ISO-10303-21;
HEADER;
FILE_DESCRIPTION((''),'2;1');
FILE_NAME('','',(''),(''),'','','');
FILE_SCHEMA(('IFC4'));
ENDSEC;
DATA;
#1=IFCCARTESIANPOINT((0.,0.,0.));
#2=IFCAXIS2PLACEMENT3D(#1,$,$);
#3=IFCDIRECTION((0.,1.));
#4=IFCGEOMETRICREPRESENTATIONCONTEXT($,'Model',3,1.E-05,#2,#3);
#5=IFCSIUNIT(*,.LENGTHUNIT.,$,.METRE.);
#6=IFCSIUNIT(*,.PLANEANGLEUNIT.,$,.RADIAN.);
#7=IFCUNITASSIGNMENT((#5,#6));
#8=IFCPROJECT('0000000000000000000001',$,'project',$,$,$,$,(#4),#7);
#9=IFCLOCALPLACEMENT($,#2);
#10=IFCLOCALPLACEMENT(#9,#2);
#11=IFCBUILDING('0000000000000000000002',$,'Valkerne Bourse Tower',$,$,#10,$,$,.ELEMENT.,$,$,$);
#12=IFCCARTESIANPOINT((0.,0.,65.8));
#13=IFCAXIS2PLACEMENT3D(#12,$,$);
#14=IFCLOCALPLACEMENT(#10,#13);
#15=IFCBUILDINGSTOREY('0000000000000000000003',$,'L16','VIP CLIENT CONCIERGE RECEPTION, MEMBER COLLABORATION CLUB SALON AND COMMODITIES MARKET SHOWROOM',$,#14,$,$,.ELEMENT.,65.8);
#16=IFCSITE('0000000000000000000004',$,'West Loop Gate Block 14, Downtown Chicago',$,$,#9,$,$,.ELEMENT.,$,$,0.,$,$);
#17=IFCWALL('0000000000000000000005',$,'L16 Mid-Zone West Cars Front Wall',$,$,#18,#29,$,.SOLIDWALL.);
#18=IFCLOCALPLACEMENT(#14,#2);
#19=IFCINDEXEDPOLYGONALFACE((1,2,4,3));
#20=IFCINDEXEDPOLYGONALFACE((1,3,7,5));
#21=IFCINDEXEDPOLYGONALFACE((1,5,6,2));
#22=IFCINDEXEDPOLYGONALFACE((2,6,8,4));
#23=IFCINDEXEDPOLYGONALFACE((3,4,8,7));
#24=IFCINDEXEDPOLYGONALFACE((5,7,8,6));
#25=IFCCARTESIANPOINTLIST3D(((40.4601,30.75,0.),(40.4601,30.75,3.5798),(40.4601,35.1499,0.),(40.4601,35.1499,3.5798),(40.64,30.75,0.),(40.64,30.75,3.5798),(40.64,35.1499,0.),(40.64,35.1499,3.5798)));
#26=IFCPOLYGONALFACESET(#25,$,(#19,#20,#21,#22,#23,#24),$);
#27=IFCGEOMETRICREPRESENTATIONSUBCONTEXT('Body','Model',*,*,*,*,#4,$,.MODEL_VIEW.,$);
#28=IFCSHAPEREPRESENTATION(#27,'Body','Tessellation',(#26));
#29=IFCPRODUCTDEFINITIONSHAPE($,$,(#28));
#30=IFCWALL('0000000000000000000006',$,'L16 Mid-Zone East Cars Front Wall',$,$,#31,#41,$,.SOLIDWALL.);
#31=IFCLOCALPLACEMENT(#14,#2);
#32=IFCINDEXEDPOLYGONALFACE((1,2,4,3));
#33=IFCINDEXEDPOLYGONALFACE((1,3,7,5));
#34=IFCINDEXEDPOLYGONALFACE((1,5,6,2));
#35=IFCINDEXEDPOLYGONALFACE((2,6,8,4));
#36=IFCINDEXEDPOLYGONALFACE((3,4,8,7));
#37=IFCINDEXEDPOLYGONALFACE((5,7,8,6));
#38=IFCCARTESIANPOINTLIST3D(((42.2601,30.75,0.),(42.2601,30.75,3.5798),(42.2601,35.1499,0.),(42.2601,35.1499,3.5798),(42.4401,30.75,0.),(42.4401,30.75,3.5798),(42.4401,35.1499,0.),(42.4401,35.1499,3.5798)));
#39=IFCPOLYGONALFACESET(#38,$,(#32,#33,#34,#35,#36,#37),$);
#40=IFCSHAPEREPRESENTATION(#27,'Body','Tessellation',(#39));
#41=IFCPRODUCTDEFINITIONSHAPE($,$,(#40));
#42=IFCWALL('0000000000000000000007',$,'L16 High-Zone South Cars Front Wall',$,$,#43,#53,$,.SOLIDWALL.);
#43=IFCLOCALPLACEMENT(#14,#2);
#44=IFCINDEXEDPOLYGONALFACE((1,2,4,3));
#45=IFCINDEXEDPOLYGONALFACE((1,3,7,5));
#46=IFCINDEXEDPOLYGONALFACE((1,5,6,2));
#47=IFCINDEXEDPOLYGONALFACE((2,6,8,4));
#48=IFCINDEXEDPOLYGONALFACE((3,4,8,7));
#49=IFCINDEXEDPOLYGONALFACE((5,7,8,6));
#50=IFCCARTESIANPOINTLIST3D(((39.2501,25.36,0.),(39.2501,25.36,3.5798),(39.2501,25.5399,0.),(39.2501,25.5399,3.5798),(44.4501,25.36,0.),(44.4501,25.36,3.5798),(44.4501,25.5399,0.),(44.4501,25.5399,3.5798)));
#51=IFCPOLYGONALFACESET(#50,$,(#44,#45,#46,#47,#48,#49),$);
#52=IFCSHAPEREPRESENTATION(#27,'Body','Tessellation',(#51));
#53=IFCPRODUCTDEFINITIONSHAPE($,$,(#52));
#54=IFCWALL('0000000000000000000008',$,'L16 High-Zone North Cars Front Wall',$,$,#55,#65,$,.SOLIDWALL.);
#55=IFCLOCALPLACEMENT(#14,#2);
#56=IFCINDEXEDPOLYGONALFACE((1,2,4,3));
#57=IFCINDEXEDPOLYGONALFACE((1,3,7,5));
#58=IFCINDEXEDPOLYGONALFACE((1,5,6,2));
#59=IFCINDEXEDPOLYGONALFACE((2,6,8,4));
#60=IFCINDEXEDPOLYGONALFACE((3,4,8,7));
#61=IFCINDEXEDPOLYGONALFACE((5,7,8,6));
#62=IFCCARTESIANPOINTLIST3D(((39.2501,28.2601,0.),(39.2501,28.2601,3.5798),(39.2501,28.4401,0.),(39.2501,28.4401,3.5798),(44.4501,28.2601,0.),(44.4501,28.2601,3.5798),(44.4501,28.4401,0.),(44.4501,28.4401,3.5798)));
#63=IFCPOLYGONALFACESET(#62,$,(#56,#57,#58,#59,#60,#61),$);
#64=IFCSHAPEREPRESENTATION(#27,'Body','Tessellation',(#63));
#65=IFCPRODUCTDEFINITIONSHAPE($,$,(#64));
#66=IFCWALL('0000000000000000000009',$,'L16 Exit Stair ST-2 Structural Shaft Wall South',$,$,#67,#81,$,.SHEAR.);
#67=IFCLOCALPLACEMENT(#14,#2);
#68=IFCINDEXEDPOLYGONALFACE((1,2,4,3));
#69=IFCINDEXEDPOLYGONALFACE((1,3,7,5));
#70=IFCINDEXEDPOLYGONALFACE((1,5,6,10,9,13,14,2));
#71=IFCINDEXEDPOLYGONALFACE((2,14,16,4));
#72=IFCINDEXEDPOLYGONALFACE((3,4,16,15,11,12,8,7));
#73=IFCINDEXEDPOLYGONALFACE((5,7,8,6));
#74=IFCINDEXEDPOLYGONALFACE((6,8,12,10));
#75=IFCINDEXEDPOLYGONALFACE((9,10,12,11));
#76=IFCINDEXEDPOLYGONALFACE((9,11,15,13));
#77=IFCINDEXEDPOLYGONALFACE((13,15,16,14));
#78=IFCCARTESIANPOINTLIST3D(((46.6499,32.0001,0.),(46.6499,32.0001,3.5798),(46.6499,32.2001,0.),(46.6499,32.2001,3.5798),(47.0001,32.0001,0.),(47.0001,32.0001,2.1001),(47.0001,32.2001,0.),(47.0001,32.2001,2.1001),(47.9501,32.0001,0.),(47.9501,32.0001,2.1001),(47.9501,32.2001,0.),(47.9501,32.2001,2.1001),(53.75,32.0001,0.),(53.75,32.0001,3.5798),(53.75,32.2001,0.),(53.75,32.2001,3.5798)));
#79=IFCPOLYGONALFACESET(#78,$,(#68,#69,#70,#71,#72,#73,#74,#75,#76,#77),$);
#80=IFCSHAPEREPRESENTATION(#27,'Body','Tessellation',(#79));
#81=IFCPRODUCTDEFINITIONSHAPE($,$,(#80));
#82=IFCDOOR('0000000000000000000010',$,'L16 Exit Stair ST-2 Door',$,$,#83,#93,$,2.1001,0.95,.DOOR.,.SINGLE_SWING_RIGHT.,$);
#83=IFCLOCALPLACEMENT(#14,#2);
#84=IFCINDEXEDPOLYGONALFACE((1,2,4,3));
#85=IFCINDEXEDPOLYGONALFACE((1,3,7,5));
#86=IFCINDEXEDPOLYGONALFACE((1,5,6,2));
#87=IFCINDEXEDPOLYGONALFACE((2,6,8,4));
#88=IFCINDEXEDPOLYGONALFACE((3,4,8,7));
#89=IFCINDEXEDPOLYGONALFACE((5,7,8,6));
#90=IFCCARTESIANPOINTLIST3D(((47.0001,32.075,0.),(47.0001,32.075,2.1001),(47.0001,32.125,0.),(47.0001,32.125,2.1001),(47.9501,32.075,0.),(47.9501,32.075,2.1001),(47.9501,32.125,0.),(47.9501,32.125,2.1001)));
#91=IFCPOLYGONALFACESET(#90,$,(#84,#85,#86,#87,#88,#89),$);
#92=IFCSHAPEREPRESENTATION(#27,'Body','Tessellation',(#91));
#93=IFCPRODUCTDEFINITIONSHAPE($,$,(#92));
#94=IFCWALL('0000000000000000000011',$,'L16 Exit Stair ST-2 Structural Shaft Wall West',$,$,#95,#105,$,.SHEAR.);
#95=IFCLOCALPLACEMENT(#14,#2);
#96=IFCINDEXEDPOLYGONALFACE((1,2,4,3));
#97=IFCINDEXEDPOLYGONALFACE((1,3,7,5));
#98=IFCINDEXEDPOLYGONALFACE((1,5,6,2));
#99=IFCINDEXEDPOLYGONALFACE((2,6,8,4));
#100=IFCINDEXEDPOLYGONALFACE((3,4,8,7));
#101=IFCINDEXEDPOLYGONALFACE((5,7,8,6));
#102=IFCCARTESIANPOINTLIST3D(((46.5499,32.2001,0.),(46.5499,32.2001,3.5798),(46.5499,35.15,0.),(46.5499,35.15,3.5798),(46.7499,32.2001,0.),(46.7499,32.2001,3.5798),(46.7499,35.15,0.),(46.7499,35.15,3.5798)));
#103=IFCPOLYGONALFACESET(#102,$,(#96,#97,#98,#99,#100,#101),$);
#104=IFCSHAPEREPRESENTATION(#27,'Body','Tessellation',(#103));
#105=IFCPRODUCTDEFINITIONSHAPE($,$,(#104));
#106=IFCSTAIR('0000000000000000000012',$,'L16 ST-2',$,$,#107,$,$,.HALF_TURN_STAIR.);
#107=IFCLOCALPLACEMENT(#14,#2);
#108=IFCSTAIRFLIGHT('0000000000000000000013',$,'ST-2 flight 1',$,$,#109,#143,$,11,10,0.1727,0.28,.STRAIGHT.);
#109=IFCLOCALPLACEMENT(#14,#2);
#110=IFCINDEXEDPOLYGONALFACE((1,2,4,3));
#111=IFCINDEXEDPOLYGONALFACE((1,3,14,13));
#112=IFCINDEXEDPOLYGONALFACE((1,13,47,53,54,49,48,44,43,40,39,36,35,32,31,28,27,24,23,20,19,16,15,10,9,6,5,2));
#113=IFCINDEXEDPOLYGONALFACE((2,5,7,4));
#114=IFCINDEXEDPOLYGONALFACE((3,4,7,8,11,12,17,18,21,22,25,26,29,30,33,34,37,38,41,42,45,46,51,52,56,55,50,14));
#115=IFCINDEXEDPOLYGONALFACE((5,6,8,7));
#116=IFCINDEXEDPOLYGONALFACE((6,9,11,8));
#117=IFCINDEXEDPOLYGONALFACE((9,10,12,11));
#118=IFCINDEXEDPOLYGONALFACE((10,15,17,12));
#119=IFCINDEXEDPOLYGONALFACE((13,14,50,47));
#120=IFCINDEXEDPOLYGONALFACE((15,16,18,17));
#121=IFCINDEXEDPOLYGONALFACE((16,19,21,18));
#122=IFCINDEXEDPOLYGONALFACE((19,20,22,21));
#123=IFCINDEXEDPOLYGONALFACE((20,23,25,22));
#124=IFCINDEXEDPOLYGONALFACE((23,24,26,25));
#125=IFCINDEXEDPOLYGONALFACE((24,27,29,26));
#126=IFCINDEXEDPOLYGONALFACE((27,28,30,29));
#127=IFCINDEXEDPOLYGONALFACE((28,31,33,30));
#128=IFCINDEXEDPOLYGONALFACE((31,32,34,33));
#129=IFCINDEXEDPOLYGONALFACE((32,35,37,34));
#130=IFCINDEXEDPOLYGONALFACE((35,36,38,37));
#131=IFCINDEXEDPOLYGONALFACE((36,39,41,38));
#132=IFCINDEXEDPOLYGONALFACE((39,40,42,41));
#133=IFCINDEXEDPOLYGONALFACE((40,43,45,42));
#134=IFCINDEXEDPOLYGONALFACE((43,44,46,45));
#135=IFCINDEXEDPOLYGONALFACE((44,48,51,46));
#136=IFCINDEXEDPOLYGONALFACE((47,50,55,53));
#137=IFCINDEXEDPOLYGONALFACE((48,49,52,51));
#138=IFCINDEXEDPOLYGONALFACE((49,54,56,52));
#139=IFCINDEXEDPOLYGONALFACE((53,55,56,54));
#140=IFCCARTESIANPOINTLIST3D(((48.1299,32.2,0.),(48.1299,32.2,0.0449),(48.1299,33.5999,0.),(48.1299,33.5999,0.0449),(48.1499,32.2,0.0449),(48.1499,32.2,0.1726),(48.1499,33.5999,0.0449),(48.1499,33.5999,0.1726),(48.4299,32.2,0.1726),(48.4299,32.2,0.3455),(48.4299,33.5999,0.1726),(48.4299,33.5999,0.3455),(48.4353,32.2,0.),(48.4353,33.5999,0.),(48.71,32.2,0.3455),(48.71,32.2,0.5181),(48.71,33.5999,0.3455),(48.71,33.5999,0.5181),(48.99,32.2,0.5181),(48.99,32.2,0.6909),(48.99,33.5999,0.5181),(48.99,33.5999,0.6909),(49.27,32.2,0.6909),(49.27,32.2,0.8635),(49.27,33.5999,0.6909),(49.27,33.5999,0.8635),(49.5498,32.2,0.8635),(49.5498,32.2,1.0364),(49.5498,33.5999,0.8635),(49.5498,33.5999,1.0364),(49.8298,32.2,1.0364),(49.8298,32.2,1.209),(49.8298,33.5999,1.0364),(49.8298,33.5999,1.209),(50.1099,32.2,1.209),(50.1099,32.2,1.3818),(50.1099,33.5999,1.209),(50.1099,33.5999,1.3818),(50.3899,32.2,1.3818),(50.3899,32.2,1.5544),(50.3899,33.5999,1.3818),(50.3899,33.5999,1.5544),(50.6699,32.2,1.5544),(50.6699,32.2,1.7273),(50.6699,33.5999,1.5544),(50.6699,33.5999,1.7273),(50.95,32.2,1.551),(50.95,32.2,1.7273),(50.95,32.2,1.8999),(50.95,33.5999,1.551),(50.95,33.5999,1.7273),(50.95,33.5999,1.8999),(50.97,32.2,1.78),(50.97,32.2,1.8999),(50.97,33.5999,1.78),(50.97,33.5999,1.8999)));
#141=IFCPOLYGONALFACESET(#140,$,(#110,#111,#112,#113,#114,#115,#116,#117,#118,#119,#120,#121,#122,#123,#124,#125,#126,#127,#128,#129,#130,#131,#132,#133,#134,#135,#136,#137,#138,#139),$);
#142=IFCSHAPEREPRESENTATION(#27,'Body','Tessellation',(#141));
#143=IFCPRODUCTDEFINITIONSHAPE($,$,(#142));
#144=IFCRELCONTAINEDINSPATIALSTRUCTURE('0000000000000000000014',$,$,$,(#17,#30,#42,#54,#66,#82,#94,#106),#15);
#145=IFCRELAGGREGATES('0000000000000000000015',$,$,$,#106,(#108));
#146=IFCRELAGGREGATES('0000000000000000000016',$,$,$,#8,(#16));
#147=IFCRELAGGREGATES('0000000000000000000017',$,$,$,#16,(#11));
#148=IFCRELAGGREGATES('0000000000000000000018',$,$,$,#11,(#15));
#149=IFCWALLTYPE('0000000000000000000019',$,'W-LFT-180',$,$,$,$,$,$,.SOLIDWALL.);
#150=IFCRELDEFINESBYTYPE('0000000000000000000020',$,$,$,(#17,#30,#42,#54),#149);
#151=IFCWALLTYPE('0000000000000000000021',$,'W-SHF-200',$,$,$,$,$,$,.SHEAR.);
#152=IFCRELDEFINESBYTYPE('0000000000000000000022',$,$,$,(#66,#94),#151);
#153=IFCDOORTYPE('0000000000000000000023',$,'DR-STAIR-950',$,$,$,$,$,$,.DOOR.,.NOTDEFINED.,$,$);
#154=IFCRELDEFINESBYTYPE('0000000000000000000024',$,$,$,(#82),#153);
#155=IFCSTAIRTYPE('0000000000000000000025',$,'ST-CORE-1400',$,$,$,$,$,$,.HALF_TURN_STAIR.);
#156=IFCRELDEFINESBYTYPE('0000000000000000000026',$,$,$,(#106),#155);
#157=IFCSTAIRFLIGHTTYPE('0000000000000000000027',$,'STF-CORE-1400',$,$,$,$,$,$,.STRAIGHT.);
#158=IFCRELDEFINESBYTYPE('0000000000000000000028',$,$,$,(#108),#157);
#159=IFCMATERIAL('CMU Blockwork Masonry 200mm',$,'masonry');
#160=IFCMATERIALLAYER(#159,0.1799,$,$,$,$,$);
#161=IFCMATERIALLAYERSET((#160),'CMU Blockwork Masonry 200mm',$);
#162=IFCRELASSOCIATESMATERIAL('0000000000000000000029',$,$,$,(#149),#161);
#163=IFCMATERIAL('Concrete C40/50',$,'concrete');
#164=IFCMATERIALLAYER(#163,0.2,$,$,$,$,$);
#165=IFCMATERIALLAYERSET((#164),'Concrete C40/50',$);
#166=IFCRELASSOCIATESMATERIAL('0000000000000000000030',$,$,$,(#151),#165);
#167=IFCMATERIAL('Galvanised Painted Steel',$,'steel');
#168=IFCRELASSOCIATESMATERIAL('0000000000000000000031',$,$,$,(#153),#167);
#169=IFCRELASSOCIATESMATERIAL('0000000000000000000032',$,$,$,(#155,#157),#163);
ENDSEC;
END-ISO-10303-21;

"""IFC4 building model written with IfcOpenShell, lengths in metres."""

from ifc_helpers import new_model, si_unit, direction, frame, frame_2d, origin, place, context, subcontext, project, spatial, polyline, rectangle, outline, extrude, material, layer, layer_set, type_object, element, fill, aggregate, save


model = new_model("IFC4")

# Units and contexts
model_context = context("Model", 3, precision=1e-05, world=origin(), true_north=direction((0.0, 1.0)))
body_context = subcontext(model_context, "Body", "Model", "MODEL_VIEW")
ifc_project = project(units=[si_unit("LENGTHUNIT", "METRE"), si_unit("PLANEANGLEUNIT", "RADIAN")], contexts=[model_context])

# Site, building, storey
site_placement = place(None, origin())
site = spatial("IfcSite", under=ifc_project, at=site_placement, Name="West Loop Gate Block 14, Downtown Chicago", CompositionType="ELEMENT", RefElevation=0.0)
building_placement = place(site_placement, origin())
building = spatial("IfcBuilding", under=site, at=building_placement, Name="Valkerne Bourse Tower", CompositionType="ELEMENT")
storey_placement = place(building_placement, frame((0.0, 0.0, 65.8)))
storey = spatial("IfcBuildingStorey", under=building, at=storey_placement, Name="L16", Description="VIP CLIENT CONCIERGE RECEPTION, MEMBER COLLABORATION CLUB SALON AND COMMODITIES MARKET SHOWROOM", CompositionType="ELEMENT", Elevation=65.8)

# Shared definitions
ifc_material_1 = material(Name="Galvanised Painted Steel", Category="steel")

# Walls
ifc_material_2 = material(Name="CMU Blockwork Masonry 200mm", Category="masonry")
ifc_layer_1 = layer(ifc_material_2, 0.1799)
ifc_layer_set_1 = layer_set([ifc_layer_1], Name="CMU Blockwork Masonry 200mm")
wall_type_1 = type_object("IfcWallType", Name="W-LFT-180", PredefinedType="SOLIDWALL", material=ifc_layer_set_1)
for number, where, z_axis, x_axis, name in (
    (1, (40.55, 30.75, 0.0), (0.0, 0.0, 1.0), (0.0, 1.0, 0.0), "L16 Mid-Zone West Cars Front Wall"),
    (2, (42.3501, 30.75, 0.0), (0.0, 0.0, 1.0), (0.0, 1.0, 0.0), "L16 Mid-Zone East Cars Front Wall"),
):
    element("IfcWall", number, at=place(storey_placement, frame(where, z_axis=z_axis, x_axis=x_axis)), inside=storey, type_object=wall_type_1, Name=name, PredefinedType="SOLIDWALL", context=body_context, shape_type="SweptSolid", body=[
        extrude(rectangle(XDim=4.3999, YDim=0.1799, at=frame_2d((2.2, 0.0))), origin(), (0.0, 0.0, 1.0), 3.5798),
    ])
for number, where, z_axis, x_axis, name in (
    (3, (39.25, 25.45, 0.0), (0.0, 0.0, 1.0), (1.0, 0.0, 0.0), "L16 High-Zone South Cars Front Wall"),
    (4, (39.25, 28.3501, 0.0), (0.0, 0.0, 1.0), (1.0, 0.0, 0.0), "L16 High-Zone North Cars Front Wall"),
):
    element("IfcWall", number, at=place(storey_placement, frame(where, z_axis=z_axis, x_axis=x_axis)), inside=storey, type_object=wall_type_1, Name=name, PredefinedType="SOLIDWALL", context=body_context, shape_type="SweptSolid", body=[
        extrude(rectangle(XDim=5.2, YDim=0.1799, at=frame_2d((2.6001, 0.0))), origin(), (0.0, 0.0, 1.0), 3.5798),
    ])

# Wall, opening, door
ifc_material_3 = material(Name="Concrete C40/50", Category="concrete")
ifc_layer_2 = layer(ifc_material_3, 0.2)
ifc_layer_set_2 = layer_set([ifc_layer_2], Name="Concrete C40/50")
wall_type_2 = type_object("IfcWallType", Name="W-SHF-200", PredefinedType="SHEAR", material=ifc_layer_set_2)
wall_1_placement = place(storey_placement, frame((46.6499, 32.1001, 0.0), z_axis=(0.0, 0.0, 1.0), x_axis=(1.0, 0.0, 0.0)))
wall_1 = element("IfcWall", 5, at=wall_1_placement, inside=storey, type_object=wall_type_2, Name="L16 Exit Stair ST-2 Structural Shaft Wall South", PredefinedType="SHEAR", context=body_context, shape_type="SweptSolid", body=[
    extrude(rectangle(XDim=7.1001, YDim=0.2, at=frame_2d((3.55, 0.0))), origin(), (0.0, 0.0, 1.0), 3.5798),
])
opening_1_placement = place(wall_1_placement, frame((0.3501, 0.0, 0.0)))
opening_1 = element("IfcOpeningElement", 6, at=opening_1_placement, cuts=wall_1, PredefinedType="OPENING", context=body_context, shape_type="SweptSolid", body=[
    extrude(rectangle(XDim=0.95, YDim=2.1001, at=frame_2d((0.4751, 1.05))), frame((0.0, 0.1099, 0.0), z_axis=(0.0, -1.0, 0.0), x_axis=(1.0, 0.0, 0.0)), (0.0, 0.0, 1.0), 0.22),
])
door_type_1 = type_object("IfcDoorType", Name="DR-STAIR-950", OperationType="NOTDEFINED", PredefinedType="DOOR", material=ifc_material_1)
door_1_placement = place(opening_1_placement, origin())
door_1 = element("IfcDoor", 7, at=door_1_placement, inside=storey, type_object=door_type_1, Name="L16 Exit Stair ST-2 Door", OperationType="SINGLE_SWING_RIGHT", OverallHeight=2.1001, OverallWidth=0.95, PredefinedType="DOOR", context=body_context, shape_type="SweptSolid", body=[
    extrude(rectangle(XDim=0.95, YDim=2.1001, at=frame_2d((0.4751, 1.05))), frame((0.0, 0.0249, 0.0), z_axis=(0.0, -1.0, 0.0), x_axis=(1.0, 0.0, 0.0)), (0.0, 0.0, 1.0), 0.05),
])
fill(opening_1, door_1)

# Wall
wall_2_placement = place(storey_placement, frame((46.6499, 32.2, 0.0), z_axis=(0.0, 0.0, 1.0), x_axis=(0.0, 1.0, 0.0)))
element("IfcWall", 8, at=wall_2_placement, inside=storey, type_object=wall_type_2, Name="L16 Exit Stair ST-2 Structural Shaft Wall West", PredefinedType="SHEAR", context=body_context, shape_type="SweptSolid", body=[
    extrude(rectangle(XDim=2.95, YDim=0.2, at=frame_2d((1.4751, 0.0))), origin(), (0.0, 0.0, 1.0), 3.5798),
])

# Stair, stair flight
stair_type = type_object("IfcStairType", Name="ST-CORE-1400", PredefinedType="HALF_TURN_STAIR", material=ifc_material_3)
stair_placement = place(storey_placement, origin())
stair = element("IfcStair", 9, at=stair_placement, inside=storey, type_object=stair_type, Name="L16 ST-2", PredefinedType="HALF_TURN_STAIR")
stair_flight_type = type_object("IfcStairFlightType", Name="STF-CORE-1400", PredefinedType="STRAIGHT", material=ifc_material_3)
stair_flight_placement = place(storey_placement, frame((48.1499, 32.8999, 0.0), z_axis=(0.0, 0.0, 1.0), x_axis=(1.0, 0.0, 0.0)))
stair_flight = element("IfcStairFlight", 10, at=stair_flight_placement, type_object=stair_flight_type, Name="ST-2 flight 1", NumberOfRisers=11, NumberOfTreads=10, PredefinedType="STRAIGHT", RiserHeight=0.1727, TreadLength=0.28, context=body_context, shape_type="SweptSolid", body=[
    extrude(outline(polyline([(-0.02, 0.0), (-0.02, 0.0449), (0.0, 0.0449), (0.0, 0.1726), (0.28, 0.1726), (0.28, 0.3455), (0.5601, 0.3455), (0.5601, 0.5181), (0.8401, 0.5181), (0.8401, 0.6909), (1.1201, 0.6909), (1.1201, 0.8635), (1.3999, 0.8635), (1.3999, 1.0364), (1.6799, 1.0364), (1.6799, 1.209), (1.96, 1.209), (1.96, 1.3818), (2.24, 1.3818), (2.24, 1.5544), (2.52, 1.5544), (2.52, 1.7273), (2.8, 1.7273), (2.8, 1.8999), (2.8201, 1.8999), (2.8201, 1.78), (2.8, 1.551), (0.2854, 0.0), (-0.02, 0.0)])), frame((0.0, 0.7, 0.0), z_axis=(0.0, -1.0, 0.0), x_axis=(1.0, 0.0, 0.0)), (0.0, 0.0, 1.0), 1.3999),
])
aggregate(stair, [stair_flight])

save(model, "model.ifc")
